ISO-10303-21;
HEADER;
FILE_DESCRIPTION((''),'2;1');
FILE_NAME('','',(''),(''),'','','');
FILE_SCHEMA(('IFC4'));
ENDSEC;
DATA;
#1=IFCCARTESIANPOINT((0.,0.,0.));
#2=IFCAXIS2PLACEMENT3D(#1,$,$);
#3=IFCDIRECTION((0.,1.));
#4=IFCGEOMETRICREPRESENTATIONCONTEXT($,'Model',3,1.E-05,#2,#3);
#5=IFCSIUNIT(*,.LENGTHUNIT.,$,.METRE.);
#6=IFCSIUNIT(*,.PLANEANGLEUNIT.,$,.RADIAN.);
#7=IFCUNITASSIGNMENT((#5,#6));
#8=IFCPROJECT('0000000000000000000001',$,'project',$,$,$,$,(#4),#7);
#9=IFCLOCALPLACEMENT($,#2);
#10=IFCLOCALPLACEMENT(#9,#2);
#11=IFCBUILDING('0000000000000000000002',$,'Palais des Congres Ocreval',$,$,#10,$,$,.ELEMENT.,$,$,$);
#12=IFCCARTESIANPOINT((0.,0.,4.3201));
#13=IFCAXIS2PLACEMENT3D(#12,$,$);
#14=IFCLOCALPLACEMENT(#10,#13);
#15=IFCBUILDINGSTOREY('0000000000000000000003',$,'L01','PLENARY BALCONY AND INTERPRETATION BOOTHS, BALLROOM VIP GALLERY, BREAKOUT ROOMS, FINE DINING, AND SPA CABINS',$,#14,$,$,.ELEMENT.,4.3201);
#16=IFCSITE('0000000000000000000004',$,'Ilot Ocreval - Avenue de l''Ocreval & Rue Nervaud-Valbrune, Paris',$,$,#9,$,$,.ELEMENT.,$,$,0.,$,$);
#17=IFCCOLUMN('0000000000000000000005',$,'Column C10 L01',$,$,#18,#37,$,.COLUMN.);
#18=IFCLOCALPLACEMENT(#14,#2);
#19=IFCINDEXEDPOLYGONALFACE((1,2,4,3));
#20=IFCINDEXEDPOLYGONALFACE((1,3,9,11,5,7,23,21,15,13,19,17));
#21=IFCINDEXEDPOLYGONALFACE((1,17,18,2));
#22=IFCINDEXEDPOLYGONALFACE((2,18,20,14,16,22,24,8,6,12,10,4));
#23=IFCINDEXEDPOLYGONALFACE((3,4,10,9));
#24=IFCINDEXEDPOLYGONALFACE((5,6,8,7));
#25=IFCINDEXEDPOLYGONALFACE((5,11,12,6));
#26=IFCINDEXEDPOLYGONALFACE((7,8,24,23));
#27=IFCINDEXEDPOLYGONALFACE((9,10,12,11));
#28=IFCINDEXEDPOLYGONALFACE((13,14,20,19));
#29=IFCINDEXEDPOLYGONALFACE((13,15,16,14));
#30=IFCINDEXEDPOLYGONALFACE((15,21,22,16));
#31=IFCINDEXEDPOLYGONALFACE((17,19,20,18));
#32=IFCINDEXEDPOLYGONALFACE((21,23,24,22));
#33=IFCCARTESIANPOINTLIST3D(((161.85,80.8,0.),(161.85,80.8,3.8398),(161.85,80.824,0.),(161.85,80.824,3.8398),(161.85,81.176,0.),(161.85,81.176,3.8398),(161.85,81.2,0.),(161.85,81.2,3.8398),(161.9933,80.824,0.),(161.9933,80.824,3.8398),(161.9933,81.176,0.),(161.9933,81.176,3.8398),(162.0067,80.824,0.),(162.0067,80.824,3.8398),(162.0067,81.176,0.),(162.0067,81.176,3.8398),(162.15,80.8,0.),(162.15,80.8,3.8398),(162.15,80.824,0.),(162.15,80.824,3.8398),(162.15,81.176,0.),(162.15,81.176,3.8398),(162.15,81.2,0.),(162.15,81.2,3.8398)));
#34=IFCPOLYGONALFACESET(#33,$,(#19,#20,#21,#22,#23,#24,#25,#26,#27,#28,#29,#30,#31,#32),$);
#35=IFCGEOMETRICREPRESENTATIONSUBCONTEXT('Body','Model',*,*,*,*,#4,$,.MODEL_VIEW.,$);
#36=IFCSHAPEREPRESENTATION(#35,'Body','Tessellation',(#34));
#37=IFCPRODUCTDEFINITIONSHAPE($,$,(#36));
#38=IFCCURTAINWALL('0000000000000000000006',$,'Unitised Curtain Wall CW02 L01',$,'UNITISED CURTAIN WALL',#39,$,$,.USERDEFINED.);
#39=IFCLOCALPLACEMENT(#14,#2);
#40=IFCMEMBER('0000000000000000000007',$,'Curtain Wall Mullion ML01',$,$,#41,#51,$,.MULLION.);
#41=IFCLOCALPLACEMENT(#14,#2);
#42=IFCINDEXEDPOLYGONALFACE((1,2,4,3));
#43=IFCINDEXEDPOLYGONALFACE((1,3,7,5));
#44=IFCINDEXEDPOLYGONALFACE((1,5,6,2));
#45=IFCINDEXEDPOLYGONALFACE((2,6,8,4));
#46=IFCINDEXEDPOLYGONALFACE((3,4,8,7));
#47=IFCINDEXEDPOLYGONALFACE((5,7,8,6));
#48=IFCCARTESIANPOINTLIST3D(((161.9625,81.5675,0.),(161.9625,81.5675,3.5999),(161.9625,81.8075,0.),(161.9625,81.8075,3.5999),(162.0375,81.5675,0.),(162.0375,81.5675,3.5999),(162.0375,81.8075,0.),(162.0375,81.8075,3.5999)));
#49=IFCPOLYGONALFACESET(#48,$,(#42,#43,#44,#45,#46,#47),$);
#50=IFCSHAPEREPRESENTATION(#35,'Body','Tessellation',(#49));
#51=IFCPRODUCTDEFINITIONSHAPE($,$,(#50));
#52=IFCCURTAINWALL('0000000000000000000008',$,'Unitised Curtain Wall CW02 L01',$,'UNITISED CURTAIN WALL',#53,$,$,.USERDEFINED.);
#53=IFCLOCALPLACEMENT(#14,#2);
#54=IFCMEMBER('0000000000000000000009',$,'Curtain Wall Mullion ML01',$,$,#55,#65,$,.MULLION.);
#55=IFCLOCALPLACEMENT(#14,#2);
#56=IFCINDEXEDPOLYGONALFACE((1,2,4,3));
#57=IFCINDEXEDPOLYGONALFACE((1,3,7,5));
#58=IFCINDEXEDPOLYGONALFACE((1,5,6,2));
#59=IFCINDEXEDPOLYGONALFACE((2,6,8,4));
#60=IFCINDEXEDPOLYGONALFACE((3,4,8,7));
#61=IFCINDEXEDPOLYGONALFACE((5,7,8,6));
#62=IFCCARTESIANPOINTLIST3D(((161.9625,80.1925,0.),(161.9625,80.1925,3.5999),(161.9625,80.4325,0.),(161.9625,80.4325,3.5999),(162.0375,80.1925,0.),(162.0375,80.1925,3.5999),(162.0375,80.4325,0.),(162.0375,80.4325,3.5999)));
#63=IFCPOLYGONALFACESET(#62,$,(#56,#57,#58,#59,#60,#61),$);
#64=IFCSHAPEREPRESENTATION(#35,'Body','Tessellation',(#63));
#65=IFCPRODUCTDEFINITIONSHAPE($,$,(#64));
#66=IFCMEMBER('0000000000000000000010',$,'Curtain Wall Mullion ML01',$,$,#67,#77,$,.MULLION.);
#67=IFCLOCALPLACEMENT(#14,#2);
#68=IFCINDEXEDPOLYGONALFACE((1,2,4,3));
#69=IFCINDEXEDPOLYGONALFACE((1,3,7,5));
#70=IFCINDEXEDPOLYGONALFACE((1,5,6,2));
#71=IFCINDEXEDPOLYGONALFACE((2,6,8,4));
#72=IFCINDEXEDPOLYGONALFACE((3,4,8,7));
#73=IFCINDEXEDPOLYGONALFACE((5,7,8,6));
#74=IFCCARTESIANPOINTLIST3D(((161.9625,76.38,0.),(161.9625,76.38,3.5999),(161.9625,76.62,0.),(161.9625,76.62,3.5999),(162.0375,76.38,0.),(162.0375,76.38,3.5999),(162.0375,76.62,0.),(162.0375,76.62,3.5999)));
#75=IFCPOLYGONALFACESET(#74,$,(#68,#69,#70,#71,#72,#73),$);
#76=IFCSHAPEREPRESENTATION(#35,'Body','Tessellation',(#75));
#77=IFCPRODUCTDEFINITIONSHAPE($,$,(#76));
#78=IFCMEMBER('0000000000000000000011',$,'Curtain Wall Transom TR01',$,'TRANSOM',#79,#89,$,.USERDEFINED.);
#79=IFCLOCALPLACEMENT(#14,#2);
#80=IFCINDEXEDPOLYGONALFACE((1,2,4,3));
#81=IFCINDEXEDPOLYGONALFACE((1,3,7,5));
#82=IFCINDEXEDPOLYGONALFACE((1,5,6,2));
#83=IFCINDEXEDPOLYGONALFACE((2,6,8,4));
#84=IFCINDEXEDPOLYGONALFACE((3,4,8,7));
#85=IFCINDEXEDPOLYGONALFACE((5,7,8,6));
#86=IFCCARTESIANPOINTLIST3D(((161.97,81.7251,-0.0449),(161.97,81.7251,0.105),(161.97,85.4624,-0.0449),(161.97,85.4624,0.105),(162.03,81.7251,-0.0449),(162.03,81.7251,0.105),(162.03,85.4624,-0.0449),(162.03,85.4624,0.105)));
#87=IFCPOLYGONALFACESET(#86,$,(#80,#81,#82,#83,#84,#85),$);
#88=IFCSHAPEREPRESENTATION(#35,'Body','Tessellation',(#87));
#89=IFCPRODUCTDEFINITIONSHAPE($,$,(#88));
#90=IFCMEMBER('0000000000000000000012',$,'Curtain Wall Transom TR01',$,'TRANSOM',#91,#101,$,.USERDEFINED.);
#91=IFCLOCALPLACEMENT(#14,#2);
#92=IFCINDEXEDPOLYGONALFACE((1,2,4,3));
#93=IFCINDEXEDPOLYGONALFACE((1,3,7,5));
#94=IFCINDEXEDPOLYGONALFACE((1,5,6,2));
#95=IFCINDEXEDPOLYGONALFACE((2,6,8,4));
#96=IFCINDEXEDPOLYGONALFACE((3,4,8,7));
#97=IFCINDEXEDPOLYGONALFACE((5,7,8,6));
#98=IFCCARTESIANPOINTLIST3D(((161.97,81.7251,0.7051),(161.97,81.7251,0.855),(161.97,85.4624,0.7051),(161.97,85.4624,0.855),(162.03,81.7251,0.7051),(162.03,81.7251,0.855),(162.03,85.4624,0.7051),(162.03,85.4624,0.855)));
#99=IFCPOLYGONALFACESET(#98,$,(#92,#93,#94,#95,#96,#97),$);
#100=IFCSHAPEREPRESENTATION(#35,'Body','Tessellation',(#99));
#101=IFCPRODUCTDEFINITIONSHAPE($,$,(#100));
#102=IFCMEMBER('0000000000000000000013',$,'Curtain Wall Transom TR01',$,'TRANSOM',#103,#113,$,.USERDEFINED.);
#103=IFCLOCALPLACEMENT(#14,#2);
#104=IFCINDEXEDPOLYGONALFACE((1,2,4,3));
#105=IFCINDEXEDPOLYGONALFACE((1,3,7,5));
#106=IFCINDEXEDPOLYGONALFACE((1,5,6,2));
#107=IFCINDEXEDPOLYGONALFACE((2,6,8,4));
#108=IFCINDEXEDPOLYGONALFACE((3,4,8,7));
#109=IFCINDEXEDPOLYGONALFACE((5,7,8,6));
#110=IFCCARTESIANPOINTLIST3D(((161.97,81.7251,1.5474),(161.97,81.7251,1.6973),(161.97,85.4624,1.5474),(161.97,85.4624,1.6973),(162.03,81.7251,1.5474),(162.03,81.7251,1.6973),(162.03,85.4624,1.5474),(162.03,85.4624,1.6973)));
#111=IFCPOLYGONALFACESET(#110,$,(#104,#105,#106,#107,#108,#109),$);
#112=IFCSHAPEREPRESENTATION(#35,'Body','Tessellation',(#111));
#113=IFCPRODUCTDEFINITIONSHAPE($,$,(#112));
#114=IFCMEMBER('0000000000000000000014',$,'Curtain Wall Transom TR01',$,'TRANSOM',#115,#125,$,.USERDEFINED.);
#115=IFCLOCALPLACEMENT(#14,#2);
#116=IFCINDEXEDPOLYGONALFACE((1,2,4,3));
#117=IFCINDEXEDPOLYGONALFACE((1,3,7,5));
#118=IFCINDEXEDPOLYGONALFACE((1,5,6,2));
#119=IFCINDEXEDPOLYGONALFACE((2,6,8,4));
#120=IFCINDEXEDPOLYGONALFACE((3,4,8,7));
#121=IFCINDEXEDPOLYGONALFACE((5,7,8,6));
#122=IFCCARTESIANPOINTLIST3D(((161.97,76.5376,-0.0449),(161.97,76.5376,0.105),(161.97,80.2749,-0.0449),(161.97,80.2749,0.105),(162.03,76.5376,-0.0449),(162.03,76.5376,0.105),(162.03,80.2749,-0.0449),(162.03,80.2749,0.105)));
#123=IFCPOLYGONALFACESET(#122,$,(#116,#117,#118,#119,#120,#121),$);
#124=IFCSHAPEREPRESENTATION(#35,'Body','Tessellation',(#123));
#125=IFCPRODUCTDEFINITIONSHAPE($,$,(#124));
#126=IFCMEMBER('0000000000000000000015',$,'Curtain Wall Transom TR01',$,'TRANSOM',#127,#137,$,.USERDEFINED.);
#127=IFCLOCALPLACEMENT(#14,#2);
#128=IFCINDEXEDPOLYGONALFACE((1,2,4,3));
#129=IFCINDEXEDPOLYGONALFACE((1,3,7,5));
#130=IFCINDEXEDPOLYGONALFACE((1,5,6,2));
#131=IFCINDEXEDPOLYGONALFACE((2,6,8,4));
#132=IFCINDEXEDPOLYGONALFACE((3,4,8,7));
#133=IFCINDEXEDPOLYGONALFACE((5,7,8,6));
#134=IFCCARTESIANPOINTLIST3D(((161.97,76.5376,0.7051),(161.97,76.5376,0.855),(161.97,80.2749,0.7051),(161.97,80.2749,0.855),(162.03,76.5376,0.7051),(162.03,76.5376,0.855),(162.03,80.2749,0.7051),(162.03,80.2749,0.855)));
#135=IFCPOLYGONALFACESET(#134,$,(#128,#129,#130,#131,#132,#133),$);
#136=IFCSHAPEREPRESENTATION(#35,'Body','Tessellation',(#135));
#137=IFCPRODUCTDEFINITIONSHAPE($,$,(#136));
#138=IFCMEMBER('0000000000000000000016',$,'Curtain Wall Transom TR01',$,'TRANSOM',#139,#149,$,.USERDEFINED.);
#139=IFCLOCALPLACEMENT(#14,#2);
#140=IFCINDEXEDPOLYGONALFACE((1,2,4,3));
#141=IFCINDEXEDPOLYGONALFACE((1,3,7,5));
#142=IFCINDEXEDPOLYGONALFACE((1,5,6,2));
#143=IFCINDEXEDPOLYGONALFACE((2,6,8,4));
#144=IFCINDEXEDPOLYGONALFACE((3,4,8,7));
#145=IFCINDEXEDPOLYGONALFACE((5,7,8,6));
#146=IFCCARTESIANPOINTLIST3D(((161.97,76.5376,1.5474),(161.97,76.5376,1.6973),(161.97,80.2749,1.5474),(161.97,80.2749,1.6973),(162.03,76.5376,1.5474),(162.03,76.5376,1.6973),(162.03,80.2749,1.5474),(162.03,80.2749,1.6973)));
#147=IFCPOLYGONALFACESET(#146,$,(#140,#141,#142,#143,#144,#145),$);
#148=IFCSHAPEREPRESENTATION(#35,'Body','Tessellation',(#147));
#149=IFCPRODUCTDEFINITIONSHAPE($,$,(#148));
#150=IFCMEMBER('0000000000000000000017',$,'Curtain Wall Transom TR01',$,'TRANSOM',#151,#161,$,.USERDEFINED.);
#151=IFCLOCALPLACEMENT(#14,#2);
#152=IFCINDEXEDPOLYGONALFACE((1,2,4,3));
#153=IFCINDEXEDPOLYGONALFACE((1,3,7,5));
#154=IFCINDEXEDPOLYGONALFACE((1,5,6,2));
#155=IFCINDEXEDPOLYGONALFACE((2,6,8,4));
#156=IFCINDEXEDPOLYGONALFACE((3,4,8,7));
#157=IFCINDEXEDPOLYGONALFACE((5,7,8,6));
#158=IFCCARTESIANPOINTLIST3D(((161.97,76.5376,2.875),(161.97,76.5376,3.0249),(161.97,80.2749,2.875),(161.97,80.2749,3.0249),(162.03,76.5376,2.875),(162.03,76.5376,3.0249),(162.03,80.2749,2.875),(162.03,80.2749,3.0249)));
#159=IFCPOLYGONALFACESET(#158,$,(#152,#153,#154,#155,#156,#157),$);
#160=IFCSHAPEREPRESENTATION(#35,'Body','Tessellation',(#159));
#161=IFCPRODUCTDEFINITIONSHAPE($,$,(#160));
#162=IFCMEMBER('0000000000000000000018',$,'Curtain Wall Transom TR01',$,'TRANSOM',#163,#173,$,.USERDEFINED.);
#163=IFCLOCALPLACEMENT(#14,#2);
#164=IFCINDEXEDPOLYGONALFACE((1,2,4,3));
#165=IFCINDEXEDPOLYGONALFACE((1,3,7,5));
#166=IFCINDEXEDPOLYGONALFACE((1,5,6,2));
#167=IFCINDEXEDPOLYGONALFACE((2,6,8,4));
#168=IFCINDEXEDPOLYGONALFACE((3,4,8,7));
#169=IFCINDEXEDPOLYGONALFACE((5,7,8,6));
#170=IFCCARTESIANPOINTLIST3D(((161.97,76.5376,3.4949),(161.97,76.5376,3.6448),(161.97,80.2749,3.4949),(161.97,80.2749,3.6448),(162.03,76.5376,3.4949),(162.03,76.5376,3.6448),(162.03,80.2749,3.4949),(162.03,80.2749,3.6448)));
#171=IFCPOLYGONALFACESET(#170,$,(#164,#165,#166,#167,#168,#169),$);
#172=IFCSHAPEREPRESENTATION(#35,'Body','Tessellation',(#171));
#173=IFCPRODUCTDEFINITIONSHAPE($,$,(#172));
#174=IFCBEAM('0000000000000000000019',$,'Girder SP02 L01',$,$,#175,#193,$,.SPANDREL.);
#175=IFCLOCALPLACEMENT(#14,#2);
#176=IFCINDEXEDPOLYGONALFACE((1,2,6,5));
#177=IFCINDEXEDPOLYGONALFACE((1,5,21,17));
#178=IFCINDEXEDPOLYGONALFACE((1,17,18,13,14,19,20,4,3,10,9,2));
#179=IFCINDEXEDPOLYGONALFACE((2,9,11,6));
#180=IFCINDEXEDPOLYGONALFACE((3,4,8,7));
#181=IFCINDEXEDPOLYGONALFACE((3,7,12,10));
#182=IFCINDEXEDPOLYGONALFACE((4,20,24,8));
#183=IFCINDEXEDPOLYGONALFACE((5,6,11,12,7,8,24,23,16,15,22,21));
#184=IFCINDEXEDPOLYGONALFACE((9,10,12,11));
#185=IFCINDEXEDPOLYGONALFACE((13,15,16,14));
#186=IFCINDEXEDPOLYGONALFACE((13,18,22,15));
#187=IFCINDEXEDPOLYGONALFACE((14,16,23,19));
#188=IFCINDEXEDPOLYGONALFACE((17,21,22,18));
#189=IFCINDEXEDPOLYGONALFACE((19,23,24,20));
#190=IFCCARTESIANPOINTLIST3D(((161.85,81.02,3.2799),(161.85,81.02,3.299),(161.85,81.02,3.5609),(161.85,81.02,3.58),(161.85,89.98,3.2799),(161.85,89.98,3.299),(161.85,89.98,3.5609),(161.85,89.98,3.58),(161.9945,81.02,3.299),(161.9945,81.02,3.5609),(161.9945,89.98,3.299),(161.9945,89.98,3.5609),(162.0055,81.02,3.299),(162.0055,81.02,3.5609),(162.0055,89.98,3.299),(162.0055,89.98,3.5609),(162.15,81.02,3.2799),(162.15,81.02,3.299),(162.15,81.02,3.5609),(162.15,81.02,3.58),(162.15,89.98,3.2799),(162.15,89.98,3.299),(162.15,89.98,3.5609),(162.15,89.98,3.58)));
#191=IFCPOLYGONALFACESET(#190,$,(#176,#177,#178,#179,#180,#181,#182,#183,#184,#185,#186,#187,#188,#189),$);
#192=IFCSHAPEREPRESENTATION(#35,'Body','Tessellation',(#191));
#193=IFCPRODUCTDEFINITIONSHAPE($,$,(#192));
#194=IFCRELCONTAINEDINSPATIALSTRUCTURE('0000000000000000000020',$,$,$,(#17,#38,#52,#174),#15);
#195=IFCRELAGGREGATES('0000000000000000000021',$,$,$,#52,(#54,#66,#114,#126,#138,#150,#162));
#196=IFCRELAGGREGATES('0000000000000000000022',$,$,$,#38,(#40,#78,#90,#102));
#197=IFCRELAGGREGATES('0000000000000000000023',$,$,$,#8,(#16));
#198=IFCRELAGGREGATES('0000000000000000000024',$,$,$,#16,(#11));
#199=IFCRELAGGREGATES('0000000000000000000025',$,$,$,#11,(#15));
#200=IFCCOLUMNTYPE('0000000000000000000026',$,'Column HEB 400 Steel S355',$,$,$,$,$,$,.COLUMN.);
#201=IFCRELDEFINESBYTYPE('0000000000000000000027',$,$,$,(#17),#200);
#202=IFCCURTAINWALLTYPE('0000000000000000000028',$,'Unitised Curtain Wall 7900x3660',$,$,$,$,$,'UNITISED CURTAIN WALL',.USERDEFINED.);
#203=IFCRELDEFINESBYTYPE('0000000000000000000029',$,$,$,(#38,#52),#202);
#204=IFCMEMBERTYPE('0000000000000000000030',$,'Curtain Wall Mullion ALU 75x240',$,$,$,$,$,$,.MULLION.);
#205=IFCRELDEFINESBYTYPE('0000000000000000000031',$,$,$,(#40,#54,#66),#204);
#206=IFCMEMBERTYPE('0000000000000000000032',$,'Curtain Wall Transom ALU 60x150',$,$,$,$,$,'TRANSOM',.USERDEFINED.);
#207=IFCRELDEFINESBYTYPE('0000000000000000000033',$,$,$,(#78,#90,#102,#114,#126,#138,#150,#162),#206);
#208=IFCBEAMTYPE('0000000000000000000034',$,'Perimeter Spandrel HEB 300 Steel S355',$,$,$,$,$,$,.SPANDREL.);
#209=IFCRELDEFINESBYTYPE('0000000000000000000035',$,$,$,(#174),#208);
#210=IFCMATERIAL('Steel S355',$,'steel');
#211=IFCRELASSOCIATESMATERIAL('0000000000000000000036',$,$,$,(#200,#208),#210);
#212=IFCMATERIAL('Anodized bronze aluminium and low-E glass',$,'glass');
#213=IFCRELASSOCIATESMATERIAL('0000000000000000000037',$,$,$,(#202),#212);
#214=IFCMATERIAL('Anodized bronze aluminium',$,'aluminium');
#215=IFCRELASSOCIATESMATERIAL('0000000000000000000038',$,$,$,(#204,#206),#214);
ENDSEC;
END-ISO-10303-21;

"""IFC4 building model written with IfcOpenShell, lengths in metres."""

from ifc_helpers import new_model, si_unit, direction, frame, origin, origin_2d, place, context, subcontext, project, spatial, rectangle, i_section, extrude, material, material_profile, profile_set, type_object, element, aggregate, save


model = new_model("IFC4")

# Units and contexts
model_context = context("Model", 3, precision=1e-05, world=origin(), true_north=direction((0.0, 1.0)))
body_context = subcontext(model_context, "Body", "Model", "MODEL_VIEW")
ifc_project = project(units=[si_unit("LENGTHUNIT", "METRE"), si_unit("PLANEANGLEUNIT", "RADIAN")], contexts=[model_context])

# Site, building, storey
site_placement = place(None, origin())
site = spatial("IfcSite", under=ifc_project, at=site_placement, Name="Ilot Ocreval - Avenue de l'Ocreval & Rue Nervaud-Valbrune, Paris", CompositionType="ELEMENT", RefElevation=0.0)
building_placement = place(site_placement, origin())
building = spatial("IfcBuilding", under=site, at=building_placement, Name="Palais des Congres Ocreval", CompositionType="ELEMENT")
storey_placement = place(building_placement, frame((0.0, 0.0, 4.3201)))
storey = spatial("IfcBuildingStorey", under=building, at=storey_placement, Name="L01", Description="PLENARY BALCONY AND INTERPRETATION BOOTHS, BALLROOM VIP GALLERY, BREAKOUT ROOMS, FINE DINING, AND SPA CABINS", CompositionType="ELEMENT", Elevation=4.3201)

# Column
ifc_material_1 = material(Name="Steel S355", Category="steel")
ifc_material_profile_1 = material_profile(ifc_material_1, i_section(OverallWidth=0.3, OverallDepth=0.3999, WebThickness=0.0134, FlangeThickness=0.0239, at=origin_2d()), Name="HEB 400")
ifc_profile_set_1 = profile_set([ifc_material_profile_1], Name="Steel S355")
column_type = type_object("IfcColumnType", Name="Column HEB 400 Steel S355", PredefinedType="COLUMN", material=ifc_profile_set_1)
column_placement = place(storey_placement, frame((162.0, 81.0, 0.0), z_axis=(0.0, 0.0, 1.0), x_axis=(1.0, 0.0, 0.0)))
element("IfcColumn", 1, at=column_placement, inside=storey, type_object=column_type, Name="Column C10 L01", PredefinedType="COLUMN", context=body_context, shape_type="SweptSolid", body=[
    extrude(i_section(OverallWidth=0.3, OverallDepth=0.3999, WebThickness=0.0134, FlangeThickness=0.0239, at=origin_2d()), origin(), (0.0, 0.0, 1.0), 3.8398),
])

# Curtain wall, member
ifc_material_2 = material(Name="Anodized bronze aluminium and low-E glass", Category="glass")
curtain_wall_type = type_object("IfcCurtainWallType", Name="Unitised Curtain Wall 7900x3660", ElementType="UNITISED CURTAIN WALL", PredefinedType="USERDEFINED", material=ifc_material_2)
curtain_wall_1_placement = place(storey_placement, origin())
curtain_wall_1 = element("IfcCurtainWall", 2, at=curtain_wall_1_placement, inside=storey, type_object=curtain_wall_type, Name="Unitised Curtain Wall CW02 L01", ObjectType="UNITISED CURTAIN WALL", PredefinedType="USERDEFINED")
ifc_material_3 = material(Name="Anodized bronze aluminium", Category="aluminium")
ifc_material_profile_2 = material_profile(ifc_material_3, rectangle(XDim=0.075, YDim=0.24, at=origin_2d()), Name="ALU 75x240")
ifc_profile_set_2 = profile_set([ifc_material_profile_2], Name="Anodized bronze aluminium")
member_type_1 = type_object("IfcMemberType", Name="Curtain Wall Mullion ALU 75x240", PredefinedType="MULLION", material=ifc_profile_set_2)
member_1_placement = place(storey_placement, frame((162.0, 81.6875, 0.0), z_axis=(0.0, 0.0, 1.0), x_axis=(1.0, 0.0, 0.0)))
member_1 = element("IfcMember", 3, at=member_1_placement, type_object=member_type_1, Name="Curtain Wall Mullion ML01", PredefinedType="MULLION", context=body_context, shape_type="SweptSolid", body=[
    extrude(rectangle(XDim=0.075, YDim=0.24, at=origin_2d()), origin(), (0.0, 0.0, 1.0), 3.5999),
])

# Curtain wall, members
curtain_wall_2_placement = place(storey_placement, origin())
curtain_wall_2 = element("IfcCurtainWall", 4, at=curtain_wall_2_placement, inside=storey, type_object=curtain_wall_type, Name="Unitised Curtain Wall CW02 L01", ObjectType="UNITISED CURTAIN WALL", PredefinedType="USERDEFINED")
member_2_placement = place(storey_placement, frame((162.0, 80.3125, 0.0), z_axis=(0.0, 0.0, 1.0), x_axis=(1.0, 0.0, 0.0)))
member_2 = element("IfcMember", 5, at=member_2_placement, type_object=member_type_1, Name="Curtain Wall Mullion ML01", PredefinedType="MULLION", context=body_context, shape_type="SweptSolid", body=[
    extrude(rectangle(XDim=0.075, YDim=0.24, at=origin_2d()), origin(), (0.0, 0.0, 1.0), 3.5999),
])
member_3_placement = place(storey_placement, frame((162.0, 76.5, 0.0), z_axis=(0.0, 0.0, 1.0), x_axis=(1.0, 0.0, 0.0)))
member_3 = element("IfcMember", 6, at=member_3_placement, type_object=member_type_1, Name="Curtain Wall Mullion ML01", PredefinedType="MULLION", context=body_context, shape_type="SweptSolid", body=[
    extrude(rectangle(XDim=0.075, YDim=0.24, at=origin_2d()), origin(), (0.0, 0.0, 1.0), 3.5999),
])

# Members
ifc_material_profile_3 = material_profile(ifc_material_3, rectangle(XDim=0.0601, YDim=0.1499, at=origin_2d()), Name="ALU 60x150")
ifc_profile_set_3 = profile_set([ifc_material_profile_3], Name="Anodized bronze aluminium")
member_type_2 = type_object("IfcMemberType", Name="Curtain Wall Transom ALU 60x150", ElementType="TRANSOM", PredefinedType="USERDEFINED", material=ifc_profile_set_3)
member_4_placement = place(storey_placement, frame((162.0, 85.4624, 0.03), z_axis=(0.0, -1.0, 0.0), x_axis=(1.0, 0.0, 0.0)))
member_4 = element("IfcMember", 7, at=member_4_placement, type_object=member_type_2, Name="Curtain Wall Transom TR01", ObjectType="TRANSOM", PredefinedType="USERDEFINED", context=body_context, shape_type="SweptSolid", body=[
    extrude(rectangle(XDim=0.0601, YDim=0.1499, at=origin_2d()), origin(), (0.0, 0.0, 1.0), 3.7373),
])
member_5_placement = place(storey_placement, frame((162.0, 85.4624, 0.78), z_axis=(0.0, -1.0, 0.0), x_axis=(1.0, 0.0, 0.0)))
member_5 = element("IfcMember", 8, at=member_5_placement, type_object=member_type_2, Name="Curtain Wall Transom TR01", ObjectType="TRANSOM", PredefinedType="USERDEFINED", context=body_context, shape_type="SweptSolid", body=[
    extrude(rectangle(XDim=0.0601, YDim=0.1499, at=origin_2d()), origin(), (0.0, 0.0, 1.0), 3.7373),
])
member_6_placement = place(storey_placement, frame((162.0, 85.4624, 1.6223), z_axis=(0.0, -1.0, 0.0), x_axis=(1.0, 0.0, 0.0)))
member_6 = element("IfcMember", 9, at=member_6_placement, type_object=member_type_2, Name="Curtain Wall Transom TR01", ObjectType="TRANSOM", PredefinedType="USERDEFINED", context=body_context, shape_type="SweptSolid", body=[
    extrude(rectangle(XDim=0.0601, YDim=0.1499, at=origin_2d()), origin(), (0.0, 0.0, 1.0), 3.7373),
])
member_7_placement = place(storey_placement, frame((162.0, 80.2749, 0.03), z_axis=(0.0, -1.0, 0.0), x_axis=(1.0, 0.0, 0.0)))
member_7 = element("IfcMember", 10, at=member_7_placement, type_object=member_type_2, Name="Curtain Wall Transom TR01", ObjectType="TRANSOM", PredefinedType="USERDEFINED", context=body_context, shape_type="SweptSolid", body=[
    extrude(rectangle(XDim=0.0601, YDim=0.1499, at=origin_2d()), origin(), (0.0, 0.0, 1.0), 3.7373),
])
member_8_placement = place(storey_placement, frame((162.0, 80.2749, 0.78), z_axis=(0.0, -1.0, 0.0), x_axis=(1.0, 0.0, 0.0)))
member_8 = element("IfcMember", 11, at=member_8_placement, type_object=member_type_2, Name="Curtain Wall Transom TR01", ObjectType="TRANSOM", PredefinedType="USERDEFINED", context=body_context, shape_type="SweptSolid", body=[
    extrude(rectangle(XDim=0.0601, YDim=0.1499, at=origin_2d()), origin(), (0.0, 0.0, 1.0), 3.7373),
])
member_9_placement = place(storey_placement, frame((162.0, 80.2749, 1.6223), z_axis=(0.0, -1.0, 0.0), x_axis=(1.0, 0.0, 0.0)))
member_9 = element("IfcMember", 12, at=member_9_placement, type_object=member_type_2, Name="Curtain Wall Transom TR01", ObjectType="TRANSOM", PredefinedType="USERDEFINED", context=body_context, shape_type="SweptSolid", body=[
    extrude(rectangle(XDim=0.0601, YDim=0.1499, at=origin_2d()), origin(), (0.0, 0.0, 1.0), 3.7373),
])
member_10_placement = place(storey_placement, frame((162.0, 80.2749, 2.95), z_axis=(0.0, -1.0, 0.0), x_axis=(1.0, 0.0, 0.0)))
member_10 = element("IfcMember", 13, at=member_10_placement, type_object=member_type_2, Name="Curtain Wall Transom TR01", ObjectType="TRANSOM", PredefinedType="USERDEFINED", context=body_context, shape_type="SweptSolid", body=[
    extrude(rectangle(XDim=0.0601, YDim=0.1499, at=origin_2d()), origin(), (0.0, 0.0, 1.0), 3.7373),
])
member_11_placement = place(storey_placement, frame((162.0, 80.2749, 3.5698), z_axis=(0.0, -1.0, 0.0), x_axis=(1.0, 0.0, 0.0)))
member_11 = element("IfcMember", 14, at=member_11_placement, type_object=member_type_2, Name="Curtain Wall Transom TR01", ObjectType="TRANSOM", PredefinedType="USERDEFINED", context=body_context, shape_type="SweptSolid", body=[
    extrude(rectangle(XDim=0.0601, YDim=0.1499, at=origin_2d()), origin(), (0.0, 0.0, 1.0), 3.7373),
])

# Beam
ifc_material_profile_4 = material_profile(ifc_material_1, i_section(OverallWidth=0.3, OverallDepth=0.3, WebThickness=0.011, FlangeThickness=0.019, at=origin_2d()), Name="HEB 300")
ifc_profile_set_4 = profile_set([ifc_material_profile_4], Name="Steel S355")
beam_type = type_object("IfcBeamType", Name="Perimeter Spandrel HEB 300 Steel S355", PredefinedType="SPANDREL", material=ifc_profile_set_4)
beam_placement = place(storey_placement, frame((162.0, 81.02, 3.4299), z_axis=(0.0, 1.0, 0.0), x_axis=(-1.0, 0.0, 0.0)))
element("IfcBeam", 15, at=beam_placement, inside=storey, type_object=beam_type, Name="Girder SP02 L01", PredefinedType="SPANDREL", context=body_context, shape_type="SweptSolid", body=[
    extrude(i_section(OverallWidth=0.3, OverallDepth=0.3, WebThickness=0.011, FlangeThickness=0.019, at=origin_2d()), origin(), (0.0, 0.0, 1.0), 8.96),
])

aggregate(curtain_wall_2, [member_2, member_3, member_7, member_8, member_9, member_10, member_11])
aggregate(curtain_wall_1, [member_1, member_4, member_5, member_6])

save(model, "model.ifc")
